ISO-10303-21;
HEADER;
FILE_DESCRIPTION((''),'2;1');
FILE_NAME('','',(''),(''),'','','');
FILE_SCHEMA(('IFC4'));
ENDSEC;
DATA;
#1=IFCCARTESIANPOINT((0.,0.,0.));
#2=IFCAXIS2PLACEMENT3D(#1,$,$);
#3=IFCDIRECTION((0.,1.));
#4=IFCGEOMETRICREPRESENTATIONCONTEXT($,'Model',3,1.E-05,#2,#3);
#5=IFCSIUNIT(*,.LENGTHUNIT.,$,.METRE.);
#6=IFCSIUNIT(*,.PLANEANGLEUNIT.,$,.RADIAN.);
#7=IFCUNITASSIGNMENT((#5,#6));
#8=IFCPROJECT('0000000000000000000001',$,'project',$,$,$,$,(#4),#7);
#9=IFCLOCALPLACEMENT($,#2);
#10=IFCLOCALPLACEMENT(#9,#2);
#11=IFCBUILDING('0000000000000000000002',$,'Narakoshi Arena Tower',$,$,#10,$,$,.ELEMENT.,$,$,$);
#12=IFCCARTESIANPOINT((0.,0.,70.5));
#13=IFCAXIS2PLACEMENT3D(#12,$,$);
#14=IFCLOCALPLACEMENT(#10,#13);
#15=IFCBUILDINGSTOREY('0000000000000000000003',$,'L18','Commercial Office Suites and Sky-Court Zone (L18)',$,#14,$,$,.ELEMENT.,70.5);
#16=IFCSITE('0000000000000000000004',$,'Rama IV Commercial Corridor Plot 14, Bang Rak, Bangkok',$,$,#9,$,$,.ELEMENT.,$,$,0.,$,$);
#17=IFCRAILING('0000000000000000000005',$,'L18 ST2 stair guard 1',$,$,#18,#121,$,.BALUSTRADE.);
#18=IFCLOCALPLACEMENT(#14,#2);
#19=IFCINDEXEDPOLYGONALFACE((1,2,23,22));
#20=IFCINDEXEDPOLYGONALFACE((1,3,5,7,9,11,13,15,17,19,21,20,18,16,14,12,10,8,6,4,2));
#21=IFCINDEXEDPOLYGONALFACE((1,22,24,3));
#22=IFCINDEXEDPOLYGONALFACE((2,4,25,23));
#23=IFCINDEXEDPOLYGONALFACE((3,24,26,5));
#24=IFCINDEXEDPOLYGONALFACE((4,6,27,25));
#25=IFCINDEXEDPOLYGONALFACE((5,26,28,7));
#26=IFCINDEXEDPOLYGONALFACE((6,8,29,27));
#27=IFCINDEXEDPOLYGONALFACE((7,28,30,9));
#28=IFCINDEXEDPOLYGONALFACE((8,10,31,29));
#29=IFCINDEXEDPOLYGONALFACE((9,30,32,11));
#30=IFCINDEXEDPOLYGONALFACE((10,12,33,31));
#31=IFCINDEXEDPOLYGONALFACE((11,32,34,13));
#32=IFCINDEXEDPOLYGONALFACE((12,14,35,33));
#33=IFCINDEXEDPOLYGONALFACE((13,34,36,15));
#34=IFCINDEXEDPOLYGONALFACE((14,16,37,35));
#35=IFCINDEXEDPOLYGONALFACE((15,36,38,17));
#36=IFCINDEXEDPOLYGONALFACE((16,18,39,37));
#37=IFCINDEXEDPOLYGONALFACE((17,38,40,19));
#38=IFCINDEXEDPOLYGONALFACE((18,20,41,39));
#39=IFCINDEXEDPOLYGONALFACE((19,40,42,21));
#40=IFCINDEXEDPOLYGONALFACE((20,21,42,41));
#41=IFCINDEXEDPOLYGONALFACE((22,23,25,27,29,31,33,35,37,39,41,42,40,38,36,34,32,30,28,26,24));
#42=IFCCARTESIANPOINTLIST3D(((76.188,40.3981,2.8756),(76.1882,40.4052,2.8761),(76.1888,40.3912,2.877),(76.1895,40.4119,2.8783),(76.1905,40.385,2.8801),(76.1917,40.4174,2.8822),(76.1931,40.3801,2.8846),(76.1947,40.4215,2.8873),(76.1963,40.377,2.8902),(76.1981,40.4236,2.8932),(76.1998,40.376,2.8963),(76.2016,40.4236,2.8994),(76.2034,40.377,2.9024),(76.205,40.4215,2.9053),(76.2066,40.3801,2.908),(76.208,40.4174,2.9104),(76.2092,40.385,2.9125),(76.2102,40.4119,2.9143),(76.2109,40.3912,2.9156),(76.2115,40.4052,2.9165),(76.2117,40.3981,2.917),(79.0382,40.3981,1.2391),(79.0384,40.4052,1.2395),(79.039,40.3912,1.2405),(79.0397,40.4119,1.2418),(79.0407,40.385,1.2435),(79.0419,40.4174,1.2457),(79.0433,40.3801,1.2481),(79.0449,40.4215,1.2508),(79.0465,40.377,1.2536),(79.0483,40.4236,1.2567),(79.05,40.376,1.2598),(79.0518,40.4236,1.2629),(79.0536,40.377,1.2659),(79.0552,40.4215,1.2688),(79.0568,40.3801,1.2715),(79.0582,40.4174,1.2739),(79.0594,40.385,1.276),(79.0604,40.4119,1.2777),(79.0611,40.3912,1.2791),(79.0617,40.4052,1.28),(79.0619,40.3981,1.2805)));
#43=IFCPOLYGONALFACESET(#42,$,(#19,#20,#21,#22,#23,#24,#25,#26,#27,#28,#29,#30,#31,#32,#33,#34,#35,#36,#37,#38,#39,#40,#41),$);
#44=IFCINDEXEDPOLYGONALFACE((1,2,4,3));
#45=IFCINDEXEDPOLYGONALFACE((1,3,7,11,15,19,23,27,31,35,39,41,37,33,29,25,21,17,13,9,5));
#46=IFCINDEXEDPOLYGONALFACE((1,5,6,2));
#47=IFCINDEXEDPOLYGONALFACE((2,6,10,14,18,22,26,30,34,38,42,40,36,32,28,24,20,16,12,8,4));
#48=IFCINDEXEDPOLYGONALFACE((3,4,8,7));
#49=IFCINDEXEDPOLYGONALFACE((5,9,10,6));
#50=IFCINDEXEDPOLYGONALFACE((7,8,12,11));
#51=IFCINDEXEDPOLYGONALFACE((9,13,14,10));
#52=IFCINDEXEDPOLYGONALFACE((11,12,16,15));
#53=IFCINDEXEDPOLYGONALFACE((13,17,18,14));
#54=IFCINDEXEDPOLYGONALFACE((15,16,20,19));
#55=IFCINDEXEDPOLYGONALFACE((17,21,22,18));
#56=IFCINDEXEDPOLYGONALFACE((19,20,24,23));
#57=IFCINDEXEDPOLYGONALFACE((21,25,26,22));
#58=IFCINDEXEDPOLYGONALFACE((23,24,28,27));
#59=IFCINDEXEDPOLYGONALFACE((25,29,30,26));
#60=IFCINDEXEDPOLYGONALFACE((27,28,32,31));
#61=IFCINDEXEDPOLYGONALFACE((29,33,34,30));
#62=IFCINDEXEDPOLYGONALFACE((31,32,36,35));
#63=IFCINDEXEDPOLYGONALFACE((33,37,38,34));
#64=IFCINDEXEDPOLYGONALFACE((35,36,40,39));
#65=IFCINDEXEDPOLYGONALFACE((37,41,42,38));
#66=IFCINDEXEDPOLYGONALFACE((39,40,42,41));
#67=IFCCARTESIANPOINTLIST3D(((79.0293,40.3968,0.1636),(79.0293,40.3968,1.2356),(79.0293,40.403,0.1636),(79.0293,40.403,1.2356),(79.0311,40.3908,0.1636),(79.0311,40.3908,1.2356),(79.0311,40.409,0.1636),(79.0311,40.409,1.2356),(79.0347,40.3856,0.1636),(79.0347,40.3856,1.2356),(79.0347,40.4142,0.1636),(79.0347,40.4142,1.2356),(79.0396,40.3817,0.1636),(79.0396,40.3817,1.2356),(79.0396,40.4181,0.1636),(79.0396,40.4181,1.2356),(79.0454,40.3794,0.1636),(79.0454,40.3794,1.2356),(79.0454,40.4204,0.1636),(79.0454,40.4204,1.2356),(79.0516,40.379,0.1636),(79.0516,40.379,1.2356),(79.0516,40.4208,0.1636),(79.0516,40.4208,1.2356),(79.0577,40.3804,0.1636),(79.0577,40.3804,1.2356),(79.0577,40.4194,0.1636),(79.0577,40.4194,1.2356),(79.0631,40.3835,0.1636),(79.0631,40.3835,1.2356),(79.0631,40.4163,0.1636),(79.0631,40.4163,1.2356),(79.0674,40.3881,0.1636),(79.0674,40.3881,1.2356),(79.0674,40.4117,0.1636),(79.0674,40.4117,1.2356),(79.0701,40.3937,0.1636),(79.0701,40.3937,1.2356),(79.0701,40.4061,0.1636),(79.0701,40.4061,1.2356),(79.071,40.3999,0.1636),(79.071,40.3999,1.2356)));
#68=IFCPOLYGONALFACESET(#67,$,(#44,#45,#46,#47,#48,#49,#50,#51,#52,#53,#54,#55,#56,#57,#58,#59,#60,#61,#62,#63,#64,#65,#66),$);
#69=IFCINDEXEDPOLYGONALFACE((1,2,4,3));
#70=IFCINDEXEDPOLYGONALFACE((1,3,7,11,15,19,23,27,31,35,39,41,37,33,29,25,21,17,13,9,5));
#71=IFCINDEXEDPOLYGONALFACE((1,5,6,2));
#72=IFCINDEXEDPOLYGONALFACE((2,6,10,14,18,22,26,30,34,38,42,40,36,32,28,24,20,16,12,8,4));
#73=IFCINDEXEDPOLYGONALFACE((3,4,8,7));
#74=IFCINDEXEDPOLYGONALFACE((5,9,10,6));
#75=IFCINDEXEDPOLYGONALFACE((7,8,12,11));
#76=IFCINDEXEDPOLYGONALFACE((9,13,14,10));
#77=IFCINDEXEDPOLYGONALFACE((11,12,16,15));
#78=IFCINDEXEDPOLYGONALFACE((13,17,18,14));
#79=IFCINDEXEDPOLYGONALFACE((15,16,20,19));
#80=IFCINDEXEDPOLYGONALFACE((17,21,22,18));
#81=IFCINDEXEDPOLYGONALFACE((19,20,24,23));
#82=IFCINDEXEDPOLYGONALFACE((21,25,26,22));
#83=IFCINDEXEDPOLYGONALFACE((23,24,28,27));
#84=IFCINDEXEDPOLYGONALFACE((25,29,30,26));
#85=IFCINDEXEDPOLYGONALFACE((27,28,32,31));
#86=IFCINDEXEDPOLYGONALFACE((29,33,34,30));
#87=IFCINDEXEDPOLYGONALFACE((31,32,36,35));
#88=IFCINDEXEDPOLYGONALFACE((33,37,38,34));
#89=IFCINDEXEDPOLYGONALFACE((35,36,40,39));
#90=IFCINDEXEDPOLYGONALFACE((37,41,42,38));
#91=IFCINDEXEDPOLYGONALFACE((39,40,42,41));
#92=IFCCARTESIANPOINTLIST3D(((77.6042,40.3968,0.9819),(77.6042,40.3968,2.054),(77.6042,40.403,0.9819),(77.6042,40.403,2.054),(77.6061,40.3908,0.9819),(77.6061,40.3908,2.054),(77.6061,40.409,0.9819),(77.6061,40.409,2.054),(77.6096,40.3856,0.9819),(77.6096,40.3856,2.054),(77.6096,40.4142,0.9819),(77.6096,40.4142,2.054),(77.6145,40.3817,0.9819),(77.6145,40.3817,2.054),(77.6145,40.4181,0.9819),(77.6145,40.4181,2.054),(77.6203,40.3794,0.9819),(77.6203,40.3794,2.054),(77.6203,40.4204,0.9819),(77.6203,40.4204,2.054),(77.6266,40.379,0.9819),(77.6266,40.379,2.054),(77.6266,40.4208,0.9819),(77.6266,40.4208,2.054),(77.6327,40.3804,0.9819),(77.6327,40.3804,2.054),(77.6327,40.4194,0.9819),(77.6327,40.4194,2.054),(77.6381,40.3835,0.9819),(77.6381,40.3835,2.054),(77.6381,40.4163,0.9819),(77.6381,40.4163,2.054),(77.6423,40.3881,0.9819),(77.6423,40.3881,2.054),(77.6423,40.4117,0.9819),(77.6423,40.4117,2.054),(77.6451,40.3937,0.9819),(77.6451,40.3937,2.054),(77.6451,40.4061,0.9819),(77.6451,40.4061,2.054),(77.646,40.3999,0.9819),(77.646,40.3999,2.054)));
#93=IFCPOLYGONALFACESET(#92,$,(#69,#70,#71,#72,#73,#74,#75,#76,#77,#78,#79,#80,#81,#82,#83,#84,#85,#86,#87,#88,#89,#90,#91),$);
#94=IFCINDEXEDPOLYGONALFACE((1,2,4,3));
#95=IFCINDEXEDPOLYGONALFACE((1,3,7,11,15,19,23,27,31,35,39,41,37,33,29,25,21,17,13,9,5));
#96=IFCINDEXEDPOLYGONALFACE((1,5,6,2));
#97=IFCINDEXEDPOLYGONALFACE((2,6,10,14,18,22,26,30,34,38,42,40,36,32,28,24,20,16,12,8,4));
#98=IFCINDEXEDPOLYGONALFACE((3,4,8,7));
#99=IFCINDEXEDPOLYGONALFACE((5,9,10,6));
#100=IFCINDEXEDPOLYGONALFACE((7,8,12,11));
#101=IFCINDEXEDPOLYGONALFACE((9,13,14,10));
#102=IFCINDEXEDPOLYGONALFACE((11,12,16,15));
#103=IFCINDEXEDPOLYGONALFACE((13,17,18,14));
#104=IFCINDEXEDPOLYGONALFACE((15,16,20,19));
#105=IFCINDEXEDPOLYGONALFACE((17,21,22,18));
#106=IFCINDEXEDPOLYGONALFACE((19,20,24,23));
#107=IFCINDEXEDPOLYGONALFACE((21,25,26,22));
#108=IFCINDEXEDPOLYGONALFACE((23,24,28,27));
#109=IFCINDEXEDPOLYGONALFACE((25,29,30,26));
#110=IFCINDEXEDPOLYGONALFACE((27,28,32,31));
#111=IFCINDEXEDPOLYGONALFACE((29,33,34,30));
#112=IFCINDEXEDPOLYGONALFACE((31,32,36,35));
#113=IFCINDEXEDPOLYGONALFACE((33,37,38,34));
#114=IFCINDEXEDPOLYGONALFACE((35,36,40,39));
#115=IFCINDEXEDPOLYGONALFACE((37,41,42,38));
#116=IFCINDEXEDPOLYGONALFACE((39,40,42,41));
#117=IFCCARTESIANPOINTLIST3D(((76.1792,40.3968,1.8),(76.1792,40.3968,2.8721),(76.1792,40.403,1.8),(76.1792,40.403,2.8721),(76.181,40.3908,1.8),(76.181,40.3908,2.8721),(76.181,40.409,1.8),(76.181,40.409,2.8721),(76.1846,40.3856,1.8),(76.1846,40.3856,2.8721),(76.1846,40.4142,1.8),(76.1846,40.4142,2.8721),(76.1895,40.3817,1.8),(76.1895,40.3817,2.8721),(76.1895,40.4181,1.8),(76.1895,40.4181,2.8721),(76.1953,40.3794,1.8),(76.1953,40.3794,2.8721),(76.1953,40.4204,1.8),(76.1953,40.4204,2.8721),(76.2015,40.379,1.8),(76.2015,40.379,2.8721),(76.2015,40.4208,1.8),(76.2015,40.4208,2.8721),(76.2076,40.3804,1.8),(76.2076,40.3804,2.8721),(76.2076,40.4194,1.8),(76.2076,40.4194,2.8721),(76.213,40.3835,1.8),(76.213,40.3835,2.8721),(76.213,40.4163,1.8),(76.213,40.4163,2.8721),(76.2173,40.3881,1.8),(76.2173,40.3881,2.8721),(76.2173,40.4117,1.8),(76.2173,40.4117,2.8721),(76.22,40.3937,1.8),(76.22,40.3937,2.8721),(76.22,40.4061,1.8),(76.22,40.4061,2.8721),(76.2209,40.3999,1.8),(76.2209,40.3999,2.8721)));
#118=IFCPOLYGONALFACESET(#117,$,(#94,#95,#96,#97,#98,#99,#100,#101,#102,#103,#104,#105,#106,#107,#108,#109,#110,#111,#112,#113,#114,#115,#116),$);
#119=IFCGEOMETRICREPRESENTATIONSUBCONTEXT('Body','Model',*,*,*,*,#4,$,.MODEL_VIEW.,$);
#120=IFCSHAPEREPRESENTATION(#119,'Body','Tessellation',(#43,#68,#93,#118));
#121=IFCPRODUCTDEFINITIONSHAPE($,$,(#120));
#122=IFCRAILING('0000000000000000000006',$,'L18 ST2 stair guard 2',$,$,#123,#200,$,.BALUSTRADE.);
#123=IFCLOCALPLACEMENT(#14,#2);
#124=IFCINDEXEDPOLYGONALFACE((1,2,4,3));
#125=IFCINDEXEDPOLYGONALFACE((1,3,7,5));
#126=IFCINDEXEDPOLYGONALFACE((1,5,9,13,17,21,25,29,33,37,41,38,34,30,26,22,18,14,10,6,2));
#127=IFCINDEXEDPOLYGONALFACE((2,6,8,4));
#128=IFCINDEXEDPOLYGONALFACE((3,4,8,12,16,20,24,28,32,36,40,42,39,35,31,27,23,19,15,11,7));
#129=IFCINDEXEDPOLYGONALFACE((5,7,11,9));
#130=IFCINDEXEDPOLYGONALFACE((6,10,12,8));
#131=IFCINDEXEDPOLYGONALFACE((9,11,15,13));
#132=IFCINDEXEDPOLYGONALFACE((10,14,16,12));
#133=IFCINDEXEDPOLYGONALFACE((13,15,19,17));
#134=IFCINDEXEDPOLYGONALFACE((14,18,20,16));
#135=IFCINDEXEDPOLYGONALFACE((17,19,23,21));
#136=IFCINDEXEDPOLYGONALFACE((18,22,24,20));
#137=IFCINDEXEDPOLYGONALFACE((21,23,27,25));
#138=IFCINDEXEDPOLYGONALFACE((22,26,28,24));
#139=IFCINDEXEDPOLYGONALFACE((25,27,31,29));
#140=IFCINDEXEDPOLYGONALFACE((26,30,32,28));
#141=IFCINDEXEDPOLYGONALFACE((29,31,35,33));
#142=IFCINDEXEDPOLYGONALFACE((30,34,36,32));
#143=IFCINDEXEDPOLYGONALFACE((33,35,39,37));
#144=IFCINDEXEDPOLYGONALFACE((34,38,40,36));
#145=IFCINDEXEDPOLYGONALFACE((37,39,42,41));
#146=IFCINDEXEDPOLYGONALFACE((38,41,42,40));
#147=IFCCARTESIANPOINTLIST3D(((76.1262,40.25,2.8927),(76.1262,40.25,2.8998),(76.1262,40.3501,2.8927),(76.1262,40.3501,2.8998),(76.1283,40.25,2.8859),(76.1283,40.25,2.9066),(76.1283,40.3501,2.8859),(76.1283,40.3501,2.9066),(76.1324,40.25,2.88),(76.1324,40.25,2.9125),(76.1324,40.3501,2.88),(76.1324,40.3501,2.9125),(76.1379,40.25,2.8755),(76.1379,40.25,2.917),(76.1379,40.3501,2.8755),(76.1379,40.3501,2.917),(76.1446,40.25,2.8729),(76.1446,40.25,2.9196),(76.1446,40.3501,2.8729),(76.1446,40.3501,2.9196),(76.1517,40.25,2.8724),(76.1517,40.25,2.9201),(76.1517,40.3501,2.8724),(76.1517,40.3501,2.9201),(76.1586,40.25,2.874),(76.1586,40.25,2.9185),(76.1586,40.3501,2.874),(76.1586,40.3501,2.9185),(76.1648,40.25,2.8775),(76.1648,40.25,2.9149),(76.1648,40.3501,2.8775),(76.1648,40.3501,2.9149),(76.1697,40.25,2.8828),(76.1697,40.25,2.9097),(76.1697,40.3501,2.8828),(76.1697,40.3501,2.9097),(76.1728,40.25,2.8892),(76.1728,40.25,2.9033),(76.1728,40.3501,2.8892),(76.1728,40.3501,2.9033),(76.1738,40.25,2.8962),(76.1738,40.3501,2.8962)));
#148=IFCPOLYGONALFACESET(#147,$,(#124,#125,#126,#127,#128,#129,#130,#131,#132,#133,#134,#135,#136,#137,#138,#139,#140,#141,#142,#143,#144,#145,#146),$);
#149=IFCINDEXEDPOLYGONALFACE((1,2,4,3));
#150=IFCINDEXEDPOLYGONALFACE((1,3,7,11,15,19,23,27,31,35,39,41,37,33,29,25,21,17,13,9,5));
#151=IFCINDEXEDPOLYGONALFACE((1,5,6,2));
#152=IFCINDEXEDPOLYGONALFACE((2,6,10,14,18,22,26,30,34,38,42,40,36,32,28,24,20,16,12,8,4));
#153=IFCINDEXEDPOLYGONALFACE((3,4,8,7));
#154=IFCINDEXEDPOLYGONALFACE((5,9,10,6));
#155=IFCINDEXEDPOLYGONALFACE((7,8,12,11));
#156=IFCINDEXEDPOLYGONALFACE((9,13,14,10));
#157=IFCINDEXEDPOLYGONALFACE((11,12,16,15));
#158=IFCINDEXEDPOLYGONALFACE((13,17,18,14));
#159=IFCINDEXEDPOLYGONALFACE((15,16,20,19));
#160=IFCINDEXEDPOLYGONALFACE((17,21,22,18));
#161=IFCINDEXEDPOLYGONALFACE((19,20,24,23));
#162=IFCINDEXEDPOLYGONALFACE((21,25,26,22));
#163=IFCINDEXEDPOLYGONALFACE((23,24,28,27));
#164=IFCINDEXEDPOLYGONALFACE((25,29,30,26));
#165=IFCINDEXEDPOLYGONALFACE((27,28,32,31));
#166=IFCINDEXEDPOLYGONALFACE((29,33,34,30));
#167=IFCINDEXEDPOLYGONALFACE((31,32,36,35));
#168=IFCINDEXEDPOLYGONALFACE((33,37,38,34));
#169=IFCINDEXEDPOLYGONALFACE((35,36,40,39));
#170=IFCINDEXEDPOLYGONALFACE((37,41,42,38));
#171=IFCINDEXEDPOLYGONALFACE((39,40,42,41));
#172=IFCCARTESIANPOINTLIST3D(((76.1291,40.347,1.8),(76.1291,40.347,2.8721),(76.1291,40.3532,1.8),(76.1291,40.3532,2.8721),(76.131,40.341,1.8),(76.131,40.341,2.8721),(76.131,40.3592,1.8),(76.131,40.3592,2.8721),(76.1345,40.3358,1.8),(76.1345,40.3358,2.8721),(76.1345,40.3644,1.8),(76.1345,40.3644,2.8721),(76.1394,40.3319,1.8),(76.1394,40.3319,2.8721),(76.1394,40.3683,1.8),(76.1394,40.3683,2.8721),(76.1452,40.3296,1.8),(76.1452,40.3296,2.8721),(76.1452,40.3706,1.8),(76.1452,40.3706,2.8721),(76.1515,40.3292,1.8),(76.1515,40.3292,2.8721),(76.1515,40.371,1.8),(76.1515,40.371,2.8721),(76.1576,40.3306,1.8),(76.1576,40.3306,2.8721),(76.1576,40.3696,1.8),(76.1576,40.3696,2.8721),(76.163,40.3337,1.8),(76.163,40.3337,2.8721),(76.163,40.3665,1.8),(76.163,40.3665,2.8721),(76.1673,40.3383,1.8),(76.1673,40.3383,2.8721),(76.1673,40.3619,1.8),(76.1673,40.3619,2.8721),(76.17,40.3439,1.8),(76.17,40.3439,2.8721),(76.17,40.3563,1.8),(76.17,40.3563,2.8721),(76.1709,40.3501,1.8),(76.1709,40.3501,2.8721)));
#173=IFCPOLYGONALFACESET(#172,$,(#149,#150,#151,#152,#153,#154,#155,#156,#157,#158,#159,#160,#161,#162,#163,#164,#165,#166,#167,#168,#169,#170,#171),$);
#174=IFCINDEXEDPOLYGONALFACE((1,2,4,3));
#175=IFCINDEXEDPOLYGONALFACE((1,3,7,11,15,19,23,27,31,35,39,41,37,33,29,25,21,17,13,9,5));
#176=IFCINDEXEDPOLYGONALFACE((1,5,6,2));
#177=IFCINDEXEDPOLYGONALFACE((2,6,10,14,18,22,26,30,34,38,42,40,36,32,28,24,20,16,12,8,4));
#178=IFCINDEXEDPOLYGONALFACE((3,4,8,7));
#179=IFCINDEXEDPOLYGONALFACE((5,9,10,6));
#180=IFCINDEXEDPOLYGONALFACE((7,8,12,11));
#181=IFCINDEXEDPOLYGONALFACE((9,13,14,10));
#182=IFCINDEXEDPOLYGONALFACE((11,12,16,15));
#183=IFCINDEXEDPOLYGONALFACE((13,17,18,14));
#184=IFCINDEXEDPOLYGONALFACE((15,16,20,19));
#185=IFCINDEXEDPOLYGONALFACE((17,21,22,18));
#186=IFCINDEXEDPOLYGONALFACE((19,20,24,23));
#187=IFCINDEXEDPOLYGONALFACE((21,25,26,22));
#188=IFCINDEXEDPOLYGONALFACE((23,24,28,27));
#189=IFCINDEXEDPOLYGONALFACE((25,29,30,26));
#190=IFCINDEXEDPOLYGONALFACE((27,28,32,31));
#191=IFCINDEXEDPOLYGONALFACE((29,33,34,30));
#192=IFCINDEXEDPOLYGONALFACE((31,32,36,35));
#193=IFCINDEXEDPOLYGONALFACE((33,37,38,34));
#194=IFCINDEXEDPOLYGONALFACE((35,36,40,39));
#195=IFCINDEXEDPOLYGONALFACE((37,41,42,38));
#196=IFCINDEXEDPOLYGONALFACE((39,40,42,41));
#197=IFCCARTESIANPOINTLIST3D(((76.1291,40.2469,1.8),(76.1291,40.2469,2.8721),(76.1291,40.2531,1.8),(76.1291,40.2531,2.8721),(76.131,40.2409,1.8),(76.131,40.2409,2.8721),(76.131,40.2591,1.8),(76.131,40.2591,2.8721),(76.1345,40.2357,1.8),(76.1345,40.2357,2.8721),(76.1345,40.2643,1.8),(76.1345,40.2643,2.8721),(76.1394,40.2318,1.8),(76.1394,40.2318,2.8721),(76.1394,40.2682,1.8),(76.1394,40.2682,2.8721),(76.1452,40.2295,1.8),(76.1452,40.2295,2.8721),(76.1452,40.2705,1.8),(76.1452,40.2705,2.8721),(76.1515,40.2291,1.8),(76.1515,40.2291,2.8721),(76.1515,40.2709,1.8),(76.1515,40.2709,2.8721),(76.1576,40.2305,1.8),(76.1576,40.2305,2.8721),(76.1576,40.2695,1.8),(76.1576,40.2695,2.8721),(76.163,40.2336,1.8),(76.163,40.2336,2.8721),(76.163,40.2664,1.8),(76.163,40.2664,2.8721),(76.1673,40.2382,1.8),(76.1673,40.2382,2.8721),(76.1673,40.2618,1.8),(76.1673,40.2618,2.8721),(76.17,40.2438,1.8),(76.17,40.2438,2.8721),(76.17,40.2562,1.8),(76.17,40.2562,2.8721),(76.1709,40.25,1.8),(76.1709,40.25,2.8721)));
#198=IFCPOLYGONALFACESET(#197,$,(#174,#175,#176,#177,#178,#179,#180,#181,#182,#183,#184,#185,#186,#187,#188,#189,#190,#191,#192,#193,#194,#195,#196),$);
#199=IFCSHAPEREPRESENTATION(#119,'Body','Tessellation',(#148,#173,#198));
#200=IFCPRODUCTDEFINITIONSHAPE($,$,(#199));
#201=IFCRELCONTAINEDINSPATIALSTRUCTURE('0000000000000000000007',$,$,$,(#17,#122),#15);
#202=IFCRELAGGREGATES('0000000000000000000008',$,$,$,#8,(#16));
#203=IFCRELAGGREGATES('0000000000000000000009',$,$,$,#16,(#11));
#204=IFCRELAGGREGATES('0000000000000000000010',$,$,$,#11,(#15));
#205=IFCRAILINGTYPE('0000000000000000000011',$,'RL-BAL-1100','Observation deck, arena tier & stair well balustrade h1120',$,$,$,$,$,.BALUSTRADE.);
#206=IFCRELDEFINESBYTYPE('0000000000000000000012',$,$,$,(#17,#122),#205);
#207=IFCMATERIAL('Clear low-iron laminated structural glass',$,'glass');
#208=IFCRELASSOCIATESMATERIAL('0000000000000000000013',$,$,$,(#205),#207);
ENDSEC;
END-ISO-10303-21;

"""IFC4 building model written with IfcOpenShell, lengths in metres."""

from ifc_helpers import new_model, si_unit, direction, frame, origin, origin_2d, place, context, subcontext, project, spatial, circle, extrude, material, type_object, element, save


model = new_model("IFC4")

# Units and contexts
model_context = context("Model", 3, precision=1e-05, world=origin(), true_north=direction((0.0, 1.0)))
body_context = subcontext(model_context, "Body", "Model", "MODEL_VIEW")
ifc_project = project(units=[si_unit("LENGTHUNIT", "METRE"), si_unit("PLANEANGLEUNIT", "RADIAN")], contexts=[model_context])

# Site, building, storey
site_placement = place(None, origin())
site = spatial("IfcSite", under=ifc_project, at=site_placement, Name="Rama IV Commercial Corridor Plot 14, Bang Rak, Bangkok", CompositionType="ELEMENT", RefElevation=0.0)
building_placement = place(site_placement, origin())
building = spatial("IfcBuilding", under=site, at=building_placement, Name="Narakoshi Arena Tower", CompositionType="ELEMENT")
storey_placement = place(building_placement, frame((0.0, 0.0, 70.5)))
storey = spatial("IfcBuildingStorey", under=building, at=storey_placement, Name="L18", Description="Commercial Office Suites and Sky-Court Zone (L18)", CompositionType="ELEMENT", Elevation=70.5)

# Railings
ifc_material_1 = material(Name="Clear low-iron laminated structural glass", Category="glass")
railing_type_1 = type_object("IfcRailingType", Name="RL-BAL-1100", Description="Observation deck, arena tier & stair well balustrade h1120", PredefinedType="BALUSTRADE", material=ifc_material_1)
railing_1_placement = place(storey_placement, frame((79.05, 40.3999, 0.1636)))
element("IfcRailing", 1, at=railing_1_placement, inside=storey, type_object=railing_type_1, Name="L18 ST2 stair guard 1", PredefinedType="BALUSTRADE", context=body_context, shape_type="SweptSolid", body=[
    extrude(circle(Radius=0.0239, at=origin_2d()), frame((0.0, 0.0, 1.0962), z_axis=(-0.867213, 0.0, 0.497938), x_axis=(0.0, -1.0, 0.0)), (0.0, 0.0, 1.0), 3.2866),
    extrude(circle(Radius=0.021, at=origin_2d()), origin(), (0.0, 0.0, 1.0), 1.072),
    extrude(circle(Radius=0.021, at=origin_2d()), frame((-1.425, 0.0, 0.8184)), (0.0, 0.0, 1.0), 1.072),
    extrude(circle(Radius=0.021, at=origin_2d()), frame((-2.8501, 0.0, 1.6365)), (0.0, 0.0, 1.0), 1.072),
])
railing_2_placement = place(storey_placement, frame((76.1499, 40.3501, 1.8)))
element("IfcRailing", 2, at=railing_2_placement, inside=storey, type_object=railing_type_1, Name="L18 ST2 stair guard 2", PredefinedType="BALUSTRADE", context=body_context, shape_type="SweptSolid", body=[
    extrude(circle(Radius=0.0239, at=origin_2d()), frame((0.0, 0.0, 1.0962), z_axis=(0.0, -1.0, 0.0), x_axis=(1.0, 0.0, 0.0)), (0.0, 0.0, 1.0), 0.1001),
    extrude(circle(Radius=0.021, at=origin_2d()), origin(), (0.0, 0.0, 1.0), 1.072),
    extrude(circle(Radius=0.021, at=origin_2d()), frame((0.0, -0.1001, 0.0)), (0.0, 0.0, 1.0), 1.072),
])

save(model, "model.ifc")
